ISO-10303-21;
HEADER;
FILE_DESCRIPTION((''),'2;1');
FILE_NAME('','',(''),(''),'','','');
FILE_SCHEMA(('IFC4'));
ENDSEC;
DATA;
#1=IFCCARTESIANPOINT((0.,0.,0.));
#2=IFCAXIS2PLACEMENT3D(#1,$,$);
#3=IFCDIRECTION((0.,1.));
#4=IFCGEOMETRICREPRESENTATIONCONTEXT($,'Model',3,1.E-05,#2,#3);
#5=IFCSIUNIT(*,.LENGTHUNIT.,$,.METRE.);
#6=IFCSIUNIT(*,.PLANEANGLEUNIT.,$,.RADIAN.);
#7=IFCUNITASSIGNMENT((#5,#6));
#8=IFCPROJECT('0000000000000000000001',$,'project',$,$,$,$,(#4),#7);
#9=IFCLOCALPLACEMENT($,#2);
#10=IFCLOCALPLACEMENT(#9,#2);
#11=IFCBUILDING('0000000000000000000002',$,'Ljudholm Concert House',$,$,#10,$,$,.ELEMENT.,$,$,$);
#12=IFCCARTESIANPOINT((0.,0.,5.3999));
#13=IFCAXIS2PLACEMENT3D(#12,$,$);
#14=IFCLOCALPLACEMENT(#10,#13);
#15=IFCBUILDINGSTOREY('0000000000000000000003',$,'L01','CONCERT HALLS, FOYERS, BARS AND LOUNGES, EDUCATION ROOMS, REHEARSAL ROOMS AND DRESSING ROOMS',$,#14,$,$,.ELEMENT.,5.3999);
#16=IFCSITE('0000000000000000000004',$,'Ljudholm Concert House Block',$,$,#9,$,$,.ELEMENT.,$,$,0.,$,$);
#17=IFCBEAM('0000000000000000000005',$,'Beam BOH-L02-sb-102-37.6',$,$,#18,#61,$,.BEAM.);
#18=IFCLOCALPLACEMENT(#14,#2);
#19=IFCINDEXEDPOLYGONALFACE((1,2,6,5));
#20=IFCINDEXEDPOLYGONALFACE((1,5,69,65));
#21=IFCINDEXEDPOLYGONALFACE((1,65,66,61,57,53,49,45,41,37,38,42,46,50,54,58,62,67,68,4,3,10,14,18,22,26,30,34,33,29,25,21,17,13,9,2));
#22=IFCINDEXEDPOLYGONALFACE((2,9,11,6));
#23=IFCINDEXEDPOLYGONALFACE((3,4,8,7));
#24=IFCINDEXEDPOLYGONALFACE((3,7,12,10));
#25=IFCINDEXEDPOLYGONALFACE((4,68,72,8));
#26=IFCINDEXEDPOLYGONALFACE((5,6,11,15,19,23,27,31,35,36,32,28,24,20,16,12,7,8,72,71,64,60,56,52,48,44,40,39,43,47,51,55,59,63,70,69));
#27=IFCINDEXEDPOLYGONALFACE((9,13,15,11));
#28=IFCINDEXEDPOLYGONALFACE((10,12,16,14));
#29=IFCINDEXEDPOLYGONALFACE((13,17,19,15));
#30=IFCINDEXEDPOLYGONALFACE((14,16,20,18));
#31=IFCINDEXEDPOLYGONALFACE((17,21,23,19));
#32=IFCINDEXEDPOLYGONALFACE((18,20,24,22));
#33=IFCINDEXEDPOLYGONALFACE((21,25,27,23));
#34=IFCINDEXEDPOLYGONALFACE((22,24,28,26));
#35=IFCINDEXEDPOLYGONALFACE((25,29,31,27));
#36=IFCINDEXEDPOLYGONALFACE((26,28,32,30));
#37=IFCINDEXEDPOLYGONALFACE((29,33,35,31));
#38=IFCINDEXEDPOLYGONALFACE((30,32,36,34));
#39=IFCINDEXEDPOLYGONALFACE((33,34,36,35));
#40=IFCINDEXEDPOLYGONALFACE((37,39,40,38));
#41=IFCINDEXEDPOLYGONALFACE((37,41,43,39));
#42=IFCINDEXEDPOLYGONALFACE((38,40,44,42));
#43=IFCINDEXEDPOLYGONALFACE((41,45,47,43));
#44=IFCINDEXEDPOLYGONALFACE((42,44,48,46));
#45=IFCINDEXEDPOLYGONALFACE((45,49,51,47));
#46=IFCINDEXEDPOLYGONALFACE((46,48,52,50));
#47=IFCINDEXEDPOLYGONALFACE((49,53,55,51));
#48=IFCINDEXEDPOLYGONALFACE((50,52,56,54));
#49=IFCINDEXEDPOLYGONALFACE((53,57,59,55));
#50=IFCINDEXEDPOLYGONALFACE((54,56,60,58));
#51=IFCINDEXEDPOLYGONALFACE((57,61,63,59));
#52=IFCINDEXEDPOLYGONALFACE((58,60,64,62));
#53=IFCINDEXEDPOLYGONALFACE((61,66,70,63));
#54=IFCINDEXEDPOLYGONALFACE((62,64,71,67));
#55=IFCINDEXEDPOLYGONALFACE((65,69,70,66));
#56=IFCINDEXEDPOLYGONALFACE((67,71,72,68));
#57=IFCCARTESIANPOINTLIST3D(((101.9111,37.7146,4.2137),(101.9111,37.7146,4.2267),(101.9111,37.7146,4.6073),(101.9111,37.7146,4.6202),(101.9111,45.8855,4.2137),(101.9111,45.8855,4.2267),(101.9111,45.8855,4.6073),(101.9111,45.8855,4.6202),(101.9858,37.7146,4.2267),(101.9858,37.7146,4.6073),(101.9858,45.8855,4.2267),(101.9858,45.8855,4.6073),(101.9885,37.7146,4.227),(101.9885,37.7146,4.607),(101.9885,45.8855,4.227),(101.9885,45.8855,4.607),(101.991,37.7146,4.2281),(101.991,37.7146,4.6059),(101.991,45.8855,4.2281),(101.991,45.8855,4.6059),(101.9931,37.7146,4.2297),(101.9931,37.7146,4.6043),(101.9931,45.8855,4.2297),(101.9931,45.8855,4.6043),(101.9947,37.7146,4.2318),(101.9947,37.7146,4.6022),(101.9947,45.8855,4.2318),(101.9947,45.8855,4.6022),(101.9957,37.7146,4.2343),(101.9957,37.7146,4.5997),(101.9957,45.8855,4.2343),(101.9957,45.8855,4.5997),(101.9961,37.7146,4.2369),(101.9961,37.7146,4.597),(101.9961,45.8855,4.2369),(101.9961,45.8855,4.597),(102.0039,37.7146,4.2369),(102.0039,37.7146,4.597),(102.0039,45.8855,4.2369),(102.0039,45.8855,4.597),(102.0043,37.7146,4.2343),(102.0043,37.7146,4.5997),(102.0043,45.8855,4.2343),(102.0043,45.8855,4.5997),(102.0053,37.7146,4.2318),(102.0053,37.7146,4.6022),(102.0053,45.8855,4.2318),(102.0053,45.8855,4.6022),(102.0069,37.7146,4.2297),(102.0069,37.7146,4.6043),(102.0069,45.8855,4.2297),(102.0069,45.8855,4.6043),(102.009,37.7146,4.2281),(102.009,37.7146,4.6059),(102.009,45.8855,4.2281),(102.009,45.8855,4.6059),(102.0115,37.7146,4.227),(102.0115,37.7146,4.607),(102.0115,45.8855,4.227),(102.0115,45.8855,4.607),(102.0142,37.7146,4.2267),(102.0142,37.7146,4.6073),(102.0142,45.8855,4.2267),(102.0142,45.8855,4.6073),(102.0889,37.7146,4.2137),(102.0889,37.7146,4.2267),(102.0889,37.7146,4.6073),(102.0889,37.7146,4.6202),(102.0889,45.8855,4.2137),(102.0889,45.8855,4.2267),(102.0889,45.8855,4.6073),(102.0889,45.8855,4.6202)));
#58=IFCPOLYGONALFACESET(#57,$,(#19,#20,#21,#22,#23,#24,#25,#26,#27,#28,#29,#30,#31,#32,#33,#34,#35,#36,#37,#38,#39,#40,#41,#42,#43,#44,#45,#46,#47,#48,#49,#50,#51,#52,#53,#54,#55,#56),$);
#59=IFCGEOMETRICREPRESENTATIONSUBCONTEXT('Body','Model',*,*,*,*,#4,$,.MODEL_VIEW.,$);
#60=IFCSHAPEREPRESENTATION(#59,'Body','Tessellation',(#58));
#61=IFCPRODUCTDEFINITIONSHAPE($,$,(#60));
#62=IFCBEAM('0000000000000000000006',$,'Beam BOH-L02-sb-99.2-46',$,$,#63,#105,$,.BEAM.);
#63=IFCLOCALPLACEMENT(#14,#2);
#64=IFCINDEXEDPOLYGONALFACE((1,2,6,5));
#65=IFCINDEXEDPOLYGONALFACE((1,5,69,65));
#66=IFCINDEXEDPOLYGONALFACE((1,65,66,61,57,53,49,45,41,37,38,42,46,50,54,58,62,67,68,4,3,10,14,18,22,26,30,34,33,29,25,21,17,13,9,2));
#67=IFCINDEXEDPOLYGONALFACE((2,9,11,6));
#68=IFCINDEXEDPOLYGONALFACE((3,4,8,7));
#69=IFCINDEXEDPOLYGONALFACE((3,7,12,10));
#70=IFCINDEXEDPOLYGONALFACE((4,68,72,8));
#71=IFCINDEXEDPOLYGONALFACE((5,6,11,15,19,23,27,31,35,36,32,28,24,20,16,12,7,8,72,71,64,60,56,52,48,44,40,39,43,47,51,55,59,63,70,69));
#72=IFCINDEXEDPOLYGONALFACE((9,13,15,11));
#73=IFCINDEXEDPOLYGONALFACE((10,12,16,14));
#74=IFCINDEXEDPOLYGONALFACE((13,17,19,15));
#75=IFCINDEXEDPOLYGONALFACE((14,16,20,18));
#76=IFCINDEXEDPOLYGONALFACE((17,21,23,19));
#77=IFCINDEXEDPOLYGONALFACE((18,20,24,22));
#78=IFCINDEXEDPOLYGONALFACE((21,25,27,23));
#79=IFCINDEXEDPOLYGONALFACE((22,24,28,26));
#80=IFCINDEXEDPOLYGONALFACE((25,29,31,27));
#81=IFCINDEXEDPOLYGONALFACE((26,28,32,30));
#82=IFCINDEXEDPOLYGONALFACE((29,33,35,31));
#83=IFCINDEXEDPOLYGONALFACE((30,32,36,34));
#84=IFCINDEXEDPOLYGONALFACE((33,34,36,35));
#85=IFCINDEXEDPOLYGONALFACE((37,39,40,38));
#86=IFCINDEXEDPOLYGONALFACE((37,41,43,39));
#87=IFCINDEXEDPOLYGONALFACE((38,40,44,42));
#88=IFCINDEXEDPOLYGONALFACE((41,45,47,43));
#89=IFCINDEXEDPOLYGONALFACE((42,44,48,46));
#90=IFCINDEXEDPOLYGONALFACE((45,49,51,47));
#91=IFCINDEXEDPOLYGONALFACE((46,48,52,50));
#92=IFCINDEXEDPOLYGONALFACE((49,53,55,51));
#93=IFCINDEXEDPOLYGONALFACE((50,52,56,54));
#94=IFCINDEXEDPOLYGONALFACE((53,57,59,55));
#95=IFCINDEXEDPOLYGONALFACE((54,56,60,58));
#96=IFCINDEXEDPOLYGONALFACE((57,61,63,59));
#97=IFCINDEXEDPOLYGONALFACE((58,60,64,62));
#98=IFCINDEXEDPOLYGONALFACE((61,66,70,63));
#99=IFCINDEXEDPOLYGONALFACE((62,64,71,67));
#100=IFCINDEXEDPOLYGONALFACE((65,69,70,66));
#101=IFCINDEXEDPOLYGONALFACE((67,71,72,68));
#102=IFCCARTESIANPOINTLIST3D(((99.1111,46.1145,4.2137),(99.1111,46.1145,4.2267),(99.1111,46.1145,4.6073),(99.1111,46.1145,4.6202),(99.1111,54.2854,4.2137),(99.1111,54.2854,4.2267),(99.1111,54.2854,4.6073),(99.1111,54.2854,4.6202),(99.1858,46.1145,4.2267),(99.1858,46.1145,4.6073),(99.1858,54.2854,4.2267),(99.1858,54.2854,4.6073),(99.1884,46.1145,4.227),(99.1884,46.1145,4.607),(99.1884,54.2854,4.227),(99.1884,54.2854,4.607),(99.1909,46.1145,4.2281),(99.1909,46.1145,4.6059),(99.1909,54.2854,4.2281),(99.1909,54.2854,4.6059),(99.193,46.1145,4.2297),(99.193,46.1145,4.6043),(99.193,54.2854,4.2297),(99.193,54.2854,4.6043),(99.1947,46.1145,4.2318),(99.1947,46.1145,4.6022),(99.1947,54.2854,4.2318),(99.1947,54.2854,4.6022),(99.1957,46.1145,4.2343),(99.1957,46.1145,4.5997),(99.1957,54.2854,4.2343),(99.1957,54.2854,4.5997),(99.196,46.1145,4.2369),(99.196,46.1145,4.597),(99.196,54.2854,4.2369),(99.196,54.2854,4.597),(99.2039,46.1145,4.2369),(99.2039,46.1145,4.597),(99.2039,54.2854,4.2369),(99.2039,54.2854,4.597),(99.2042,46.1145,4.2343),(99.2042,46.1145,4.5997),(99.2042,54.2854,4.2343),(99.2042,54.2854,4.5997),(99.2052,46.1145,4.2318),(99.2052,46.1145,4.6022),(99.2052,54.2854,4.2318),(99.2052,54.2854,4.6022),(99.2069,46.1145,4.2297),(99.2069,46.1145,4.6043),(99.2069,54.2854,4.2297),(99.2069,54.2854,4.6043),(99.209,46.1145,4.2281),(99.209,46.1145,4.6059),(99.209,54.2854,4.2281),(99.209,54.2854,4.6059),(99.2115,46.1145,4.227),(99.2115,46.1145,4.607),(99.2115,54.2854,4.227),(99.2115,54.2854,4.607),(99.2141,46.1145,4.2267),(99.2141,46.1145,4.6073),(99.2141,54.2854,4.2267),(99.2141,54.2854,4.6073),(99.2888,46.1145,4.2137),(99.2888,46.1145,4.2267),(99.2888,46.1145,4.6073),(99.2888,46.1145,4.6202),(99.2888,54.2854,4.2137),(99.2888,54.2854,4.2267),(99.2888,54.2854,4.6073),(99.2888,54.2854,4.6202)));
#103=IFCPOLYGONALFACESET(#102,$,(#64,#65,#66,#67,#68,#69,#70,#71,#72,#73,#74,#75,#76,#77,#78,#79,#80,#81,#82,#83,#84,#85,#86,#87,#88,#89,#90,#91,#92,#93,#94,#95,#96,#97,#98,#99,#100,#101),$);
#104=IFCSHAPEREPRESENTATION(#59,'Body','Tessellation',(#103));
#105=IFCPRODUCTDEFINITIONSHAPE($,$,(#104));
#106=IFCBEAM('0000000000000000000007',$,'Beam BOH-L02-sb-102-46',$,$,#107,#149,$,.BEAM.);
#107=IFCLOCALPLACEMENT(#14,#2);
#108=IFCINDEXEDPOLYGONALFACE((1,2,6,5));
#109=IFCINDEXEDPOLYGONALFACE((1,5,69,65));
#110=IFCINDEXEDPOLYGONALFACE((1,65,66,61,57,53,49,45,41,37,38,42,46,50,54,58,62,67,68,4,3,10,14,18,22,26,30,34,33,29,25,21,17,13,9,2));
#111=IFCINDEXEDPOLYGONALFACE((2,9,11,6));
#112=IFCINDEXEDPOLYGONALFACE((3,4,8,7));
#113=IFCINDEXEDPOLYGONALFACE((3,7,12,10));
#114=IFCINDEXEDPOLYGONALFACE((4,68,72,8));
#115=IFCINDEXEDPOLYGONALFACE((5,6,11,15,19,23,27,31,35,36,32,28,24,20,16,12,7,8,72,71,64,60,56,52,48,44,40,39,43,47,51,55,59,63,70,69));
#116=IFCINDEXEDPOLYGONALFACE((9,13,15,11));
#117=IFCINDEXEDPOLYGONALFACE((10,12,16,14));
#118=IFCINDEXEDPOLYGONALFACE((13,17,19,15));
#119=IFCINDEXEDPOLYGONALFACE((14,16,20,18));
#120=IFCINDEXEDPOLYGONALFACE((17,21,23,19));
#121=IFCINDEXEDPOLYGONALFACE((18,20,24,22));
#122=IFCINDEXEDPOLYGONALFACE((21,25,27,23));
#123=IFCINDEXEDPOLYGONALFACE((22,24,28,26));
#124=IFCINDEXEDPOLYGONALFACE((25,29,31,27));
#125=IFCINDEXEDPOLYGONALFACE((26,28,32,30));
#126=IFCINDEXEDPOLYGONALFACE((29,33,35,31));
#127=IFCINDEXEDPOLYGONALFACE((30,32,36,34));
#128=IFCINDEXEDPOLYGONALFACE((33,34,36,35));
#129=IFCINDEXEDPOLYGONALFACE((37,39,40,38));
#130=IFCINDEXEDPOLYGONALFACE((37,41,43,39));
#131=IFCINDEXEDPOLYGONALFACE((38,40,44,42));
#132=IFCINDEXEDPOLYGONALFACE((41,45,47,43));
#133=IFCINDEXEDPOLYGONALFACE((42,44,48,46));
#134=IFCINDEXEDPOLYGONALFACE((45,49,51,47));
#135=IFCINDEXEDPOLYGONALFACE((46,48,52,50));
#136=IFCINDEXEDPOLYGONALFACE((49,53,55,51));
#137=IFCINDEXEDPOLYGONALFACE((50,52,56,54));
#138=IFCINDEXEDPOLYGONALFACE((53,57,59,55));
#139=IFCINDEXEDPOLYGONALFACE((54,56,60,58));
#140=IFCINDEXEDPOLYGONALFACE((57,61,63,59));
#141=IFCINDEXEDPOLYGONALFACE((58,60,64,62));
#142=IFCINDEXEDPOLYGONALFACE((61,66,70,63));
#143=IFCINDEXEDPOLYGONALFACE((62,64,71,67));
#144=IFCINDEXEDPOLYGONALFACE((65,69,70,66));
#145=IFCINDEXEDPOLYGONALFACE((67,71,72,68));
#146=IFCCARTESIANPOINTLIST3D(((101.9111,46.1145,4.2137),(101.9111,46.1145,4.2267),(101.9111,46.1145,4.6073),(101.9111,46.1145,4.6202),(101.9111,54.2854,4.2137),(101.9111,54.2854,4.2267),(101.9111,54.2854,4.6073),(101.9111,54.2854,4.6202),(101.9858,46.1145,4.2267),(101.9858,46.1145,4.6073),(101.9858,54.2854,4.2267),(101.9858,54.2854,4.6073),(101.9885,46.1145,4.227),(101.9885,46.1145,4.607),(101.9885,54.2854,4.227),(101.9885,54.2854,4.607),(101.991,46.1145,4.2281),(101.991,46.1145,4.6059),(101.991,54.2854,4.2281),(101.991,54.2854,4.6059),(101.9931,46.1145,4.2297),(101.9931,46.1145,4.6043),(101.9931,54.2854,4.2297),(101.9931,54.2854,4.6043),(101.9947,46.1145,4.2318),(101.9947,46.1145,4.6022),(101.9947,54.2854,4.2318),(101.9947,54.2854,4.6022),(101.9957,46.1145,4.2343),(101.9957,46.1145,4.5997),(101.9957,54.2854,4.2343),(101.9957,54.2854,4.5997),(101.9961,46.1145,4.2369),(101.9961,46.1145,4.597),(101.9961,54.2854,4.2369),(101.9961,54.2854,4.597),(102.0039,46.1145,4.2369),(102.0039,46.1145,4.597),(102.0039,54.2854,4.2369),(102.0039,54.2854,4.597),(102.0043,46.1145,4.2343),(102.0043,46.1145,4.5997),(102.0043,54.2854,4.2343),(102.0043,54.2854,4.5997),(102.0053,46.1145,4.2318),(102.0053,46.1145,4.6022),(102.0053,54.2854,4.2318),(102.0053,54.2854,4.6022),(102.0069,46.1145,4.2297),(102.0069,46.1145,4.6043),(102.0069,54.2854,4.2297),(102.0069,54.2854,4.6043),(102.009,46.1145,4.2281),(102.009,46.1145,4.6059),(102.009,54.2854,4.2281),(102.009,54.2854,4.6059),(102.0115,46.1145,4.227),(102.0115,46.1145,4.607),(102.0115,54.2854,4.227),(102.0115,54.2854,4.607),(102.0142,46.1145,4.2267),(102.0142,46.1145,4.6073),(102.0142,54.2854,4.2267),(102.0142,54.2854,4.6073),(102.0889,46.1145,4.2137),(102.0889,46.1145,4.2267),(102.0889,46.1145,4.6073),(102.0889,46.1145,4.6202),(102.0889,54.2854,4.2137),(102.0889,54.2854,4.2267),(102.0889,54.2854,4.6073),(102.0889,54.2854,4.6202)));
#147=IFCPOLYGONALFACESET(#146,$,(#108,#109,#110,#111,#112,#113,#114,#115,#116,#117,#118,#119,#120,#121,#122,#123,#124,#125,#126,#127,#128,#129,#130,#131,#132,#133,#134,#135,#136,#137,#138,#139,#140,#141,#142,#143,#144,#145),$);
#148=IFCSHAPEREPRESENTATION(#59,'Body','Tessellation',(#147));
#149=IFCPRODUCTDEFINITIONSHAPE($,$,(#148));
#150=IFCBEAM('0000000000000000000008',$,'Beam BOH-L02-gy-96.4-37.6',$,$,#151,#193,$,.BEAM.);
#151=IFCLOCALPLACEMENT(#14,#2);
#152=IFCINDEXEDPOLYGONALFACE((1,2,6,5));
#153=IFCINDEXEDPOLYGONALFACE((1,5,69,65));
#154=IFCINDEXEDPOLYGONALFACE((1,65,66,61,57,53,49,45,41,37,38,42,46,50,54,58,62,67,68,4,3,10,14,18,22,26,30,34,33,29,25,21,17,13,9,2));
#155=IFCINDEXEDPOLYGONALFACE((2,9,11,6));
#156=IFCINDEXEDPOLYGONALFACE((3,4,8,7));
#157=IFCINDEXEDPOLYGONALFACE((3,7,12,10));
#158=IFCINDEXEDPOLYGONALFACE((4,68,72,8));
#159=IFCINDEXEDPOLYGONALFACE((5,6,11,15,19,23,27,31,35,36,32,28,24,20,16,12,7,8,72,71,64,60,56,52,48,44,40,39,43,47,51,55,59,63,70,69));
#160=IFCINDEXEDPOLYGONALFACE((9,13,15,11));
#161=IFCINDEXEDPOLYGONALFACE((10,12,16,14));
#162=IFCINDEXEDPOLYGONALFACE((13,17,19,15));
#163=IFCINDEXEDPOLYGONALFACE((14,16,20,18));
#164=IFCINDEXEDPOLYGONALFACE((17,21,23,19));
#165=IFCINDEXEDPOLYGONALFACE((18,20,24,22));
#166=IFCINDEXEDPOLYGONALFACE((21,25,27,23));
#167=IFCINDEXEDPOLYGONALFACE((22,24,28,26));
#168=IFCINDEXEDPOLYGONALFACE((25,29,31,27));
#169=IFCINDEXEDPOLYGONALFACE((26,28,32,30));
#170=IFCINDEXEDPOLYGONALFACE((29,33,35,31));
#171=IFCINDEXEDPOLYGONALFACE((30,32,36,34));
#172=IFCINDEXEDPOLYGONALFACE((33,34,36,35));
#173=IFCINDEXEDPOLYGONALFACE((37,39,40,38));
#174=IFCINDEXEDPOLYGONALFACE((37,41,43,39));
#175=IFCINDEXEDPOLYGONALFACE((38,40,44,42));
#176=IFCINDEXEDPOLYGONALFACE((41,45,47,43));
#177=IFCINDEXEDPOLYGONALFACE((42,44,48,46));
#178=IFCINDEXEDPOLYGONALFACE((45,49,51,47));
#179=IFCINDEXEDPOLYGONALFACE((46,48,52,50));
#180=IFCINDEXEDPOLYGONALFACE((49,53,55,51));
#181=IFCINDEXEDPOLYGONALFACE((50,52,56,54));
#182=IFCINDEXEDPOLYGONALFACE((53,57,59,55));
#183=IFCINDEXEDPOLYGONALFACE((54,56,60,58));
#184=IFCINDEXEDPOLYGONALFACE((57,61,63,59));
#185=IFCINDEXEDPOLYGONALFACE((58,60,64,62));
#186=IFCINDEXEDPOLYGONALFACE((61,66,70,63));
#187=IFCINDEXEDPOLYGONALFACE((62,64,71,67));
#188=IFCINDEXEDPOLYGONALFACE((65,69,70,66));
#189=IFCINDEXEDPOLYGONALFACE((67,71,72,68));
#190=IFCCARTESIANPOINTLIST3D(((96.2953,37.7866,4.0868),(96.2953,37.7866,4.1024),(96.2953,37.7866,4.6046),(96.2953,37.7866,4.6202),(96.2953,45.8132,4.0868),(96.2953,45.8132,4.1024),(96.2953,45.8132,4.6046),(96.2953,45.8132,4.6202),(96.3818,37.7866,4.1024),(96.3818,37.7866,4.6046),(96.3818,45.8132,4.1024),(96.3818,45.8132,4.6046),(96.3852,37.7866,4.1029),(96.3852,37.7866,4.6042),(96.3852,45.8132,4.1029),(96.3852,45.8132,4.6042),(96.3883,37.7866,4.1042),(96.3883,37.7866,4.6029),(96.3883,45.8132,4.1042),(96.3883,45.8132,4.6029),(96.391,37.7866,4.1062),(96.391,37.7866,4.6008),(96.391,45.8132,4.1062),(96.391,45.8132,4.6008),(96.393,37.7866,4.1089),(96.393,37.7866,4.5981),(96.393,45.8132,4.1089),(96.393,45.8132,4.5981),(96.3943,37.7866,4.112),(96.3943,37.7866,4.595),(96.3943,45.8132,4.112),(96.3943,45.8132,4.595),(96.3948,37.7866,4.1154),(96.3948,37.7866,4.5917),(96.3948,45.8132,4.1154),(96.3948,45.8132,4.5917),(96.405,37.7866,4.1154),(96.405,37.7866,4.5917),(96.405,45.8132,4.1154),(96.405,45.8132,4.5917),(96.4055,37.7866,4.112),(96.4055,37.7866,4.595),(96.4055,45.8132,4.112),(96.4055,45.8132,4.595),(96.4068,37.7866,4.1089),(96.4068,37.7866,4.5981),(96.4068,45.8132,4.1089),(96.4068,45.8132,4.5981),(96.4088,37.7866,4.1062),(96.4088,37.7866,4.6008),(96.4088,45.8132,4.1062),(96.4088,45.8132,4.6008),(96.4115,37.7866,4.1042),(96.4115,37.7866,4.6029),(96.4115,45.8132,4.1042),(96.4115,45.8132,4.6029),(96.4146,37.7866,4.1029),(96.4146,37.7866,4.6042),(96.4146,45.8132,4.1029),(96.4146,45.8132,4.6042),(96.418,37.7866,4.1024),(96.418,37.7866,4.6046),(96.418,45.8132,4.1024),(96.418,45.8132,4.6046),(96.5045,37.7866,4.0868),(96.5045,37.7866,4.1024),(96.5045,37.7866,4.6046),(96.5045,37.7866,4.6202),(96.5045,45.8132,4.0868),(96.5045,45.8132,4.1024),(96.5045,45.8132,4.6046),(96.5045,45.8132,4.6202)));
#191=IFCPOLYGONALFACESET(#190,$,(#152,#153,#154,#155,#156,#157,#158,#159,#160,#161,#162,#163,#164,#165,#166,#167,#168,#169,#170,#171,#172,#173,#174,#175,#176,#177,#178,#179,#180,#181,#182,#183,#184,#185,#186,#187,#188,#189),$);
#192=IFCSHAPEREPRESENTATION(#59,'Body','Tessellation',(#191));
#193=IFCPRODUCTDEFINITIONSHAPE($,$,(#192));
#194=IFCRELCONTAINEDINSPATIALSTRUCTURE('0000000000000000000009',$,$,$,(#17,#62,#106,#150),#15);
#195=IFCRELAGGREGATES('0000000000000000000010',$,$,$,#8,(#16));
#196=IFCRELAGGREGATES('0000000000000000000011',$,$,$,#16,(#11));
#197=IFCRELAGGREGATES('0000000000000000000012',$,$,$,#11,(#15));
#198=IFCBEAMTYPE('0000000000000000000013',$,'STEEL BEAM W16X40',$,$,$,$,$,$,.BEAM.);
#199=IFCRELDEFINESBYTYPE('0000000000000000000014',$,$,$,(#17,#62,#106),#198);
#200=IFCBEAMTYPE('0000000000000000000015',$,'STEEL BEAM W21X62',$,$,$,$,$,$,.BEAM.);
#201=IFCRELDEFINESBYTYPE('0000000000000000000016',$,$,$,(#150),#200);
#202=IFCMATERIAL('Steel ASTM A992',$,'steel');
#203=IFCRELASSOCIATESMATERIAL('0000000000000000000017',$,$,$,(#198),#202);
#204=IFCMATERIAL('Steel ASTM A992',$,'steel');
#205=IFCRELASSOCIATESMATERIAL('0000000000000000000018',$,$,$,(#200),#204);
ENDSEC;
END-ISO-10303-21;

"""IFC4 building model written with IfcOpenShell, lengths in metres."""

from ifc_helpers import new_model, si_unit, direction, frame, origin, origin_2d, place, context, subcontext, project, spatial, i_section, extrude, material, material_profile, profile_set, type_object, element, save


model = new_model("IFC4")

# Units and contexts
model_context = context("Model", 3, precision=1e-05, world=origin(), true_north=direction((0.0, 1.0)))
body_context = subcontext(model_context, "Body", "Model", "MODEL_VIEW")
ifc_project = project(units=[si_unit("LENGTHUNIT", "METRE"), si_unit("PLANEANGLEUNIT", "RADIAN")], contexts=[model_context])

# Site, building, storey
site_placement = place(None, origin())
site = spatial("IfcSite", under=ifc_project, at=site_placement, Name="Ljudholm Concert House Block", CompositionType="ELEMENT", RefElevation=0.0)
building_placement = place(site_placement, origin())
building = spatial("IfcBuilding", under=site, at=building_placement, Name="Ljudholm Concert House", CompositionType="ELEMENT")
storey_placement = place(building_placement, frame((0.0, 0.0, 5.3999)))
storey = spatial("IfcBuildingStorey", under=building, at=storey_placement, Name="L01", Description="CONCERT HALLS, FOYERS, BARS AND LOUNGES, EDUCATION ROOMS, REHEARSAL ROOMS AND DRESSING ROOMS", CompositionType="ELEMENT", Elevation=5.3999)

# Beams
ifc_material_1 = material(Name="Steel ASTM A992", Category="steel")
ifc_material_profile_1 = material_profile(ifc_material_1, i_section(OverallWidth=0.1777, OverallDepth=0.4065, WebThickness=0.0078, FlangeThickness=0.0129, FilletRadius=0.0103, at=origin_2d()), Name="W16X40")
ifc_profile_set_1 = profile_set([ifc_material_profile_1], Name="Steel ASTM A992")
beam_type_1 = type_object("IfcBeamType", Name="STEEL BEAM W16X40", PredefinedType="BEAM", material=ifc_profile_set_1)
for number, where, z_axis, x_axis, name in (
    (1, (102.0, 37.7146, 4.417), (0.0, 1.0, 0.0), (-1.0, 0.0, 0.0), "Beam BOH-L02-sb-102-37.6"),
    (2, (99.2, 46.1145, 4.417), (0.0, 1.0, 0.0), (-1.0, 0.0, 0.0), "Beam BOH-L02-sb-99.2-46"),
    (3, (102.0, 46.1145, 4.417), (0.0, 1.0, 0.0), (-1.0, 0.0, 0.0), "Beam BOH-L02-sb-102-46"),
):
    element("IfcBeam", number, at=place(storey_placement, frame(where, z_axis=z_axis, x_axis=x_axis)), inside=storey, type_object=beam_type_1, Name=name, PredefinedType="BEAM", context=body_context, shape_type="SweptSolid", body=[
        extrude(i_section(OverallWidth=0.1777, OverallDepth=0.4065, WebThickness=0.0078, FlangeThickness=0.0129, FilletRadius=0.0103, at=origin_2d()), origin(), (0.0, 0.0, 1.0), 8.1709),
    ])
ifc_material_2 = material(Name="Steel ASTM A992", Category="steel")
ifc_material_profile_2 = material_profile(ifc_material_2, i_section(OverallWidth=0.2092, OverallDepth=0.5334, WebThickness=0.0103, FlangeThickness=0.0156, FilletRadius=0.0129, at=origin_2d()), Name="W21X62")
ifc_profile_set_2 = profile_set([ifc_material_profile_2], Name="Steel ASTM A992")
beam_type_2 = type_object("IfcBeamType", Name="STEEL BEAM W21X62", PredefinedType="BEAM", material=ifc_profile_set_2)
beam_1_placement = place(storey_placement, frame((96.3999, 37.7866, 4.3535), z_axis=(0.0, 1.0, 0.0), x_axis=(-1.0, 0.0, 0.0)))
element("IfcBeam", 4, at=beam_1_placement, inside=storey, type_object=beam_type_2, Name="Beam BOH-L02-gy-96.4-37.6", PredefinedType="BEAM", context=body_context, shape_type="SweptSolid", body=[
    extrude(i_section(OverallWidth=0.2092, OverallDepth=0.5334, WebThickness=0.0103, FlangeThickness=0.0156, FilletRadius=0.0129, at=origin_2d()), origin(), (0.0, 0.0, 1.0), 8.0266),
])

save(model, "model.ifc")
